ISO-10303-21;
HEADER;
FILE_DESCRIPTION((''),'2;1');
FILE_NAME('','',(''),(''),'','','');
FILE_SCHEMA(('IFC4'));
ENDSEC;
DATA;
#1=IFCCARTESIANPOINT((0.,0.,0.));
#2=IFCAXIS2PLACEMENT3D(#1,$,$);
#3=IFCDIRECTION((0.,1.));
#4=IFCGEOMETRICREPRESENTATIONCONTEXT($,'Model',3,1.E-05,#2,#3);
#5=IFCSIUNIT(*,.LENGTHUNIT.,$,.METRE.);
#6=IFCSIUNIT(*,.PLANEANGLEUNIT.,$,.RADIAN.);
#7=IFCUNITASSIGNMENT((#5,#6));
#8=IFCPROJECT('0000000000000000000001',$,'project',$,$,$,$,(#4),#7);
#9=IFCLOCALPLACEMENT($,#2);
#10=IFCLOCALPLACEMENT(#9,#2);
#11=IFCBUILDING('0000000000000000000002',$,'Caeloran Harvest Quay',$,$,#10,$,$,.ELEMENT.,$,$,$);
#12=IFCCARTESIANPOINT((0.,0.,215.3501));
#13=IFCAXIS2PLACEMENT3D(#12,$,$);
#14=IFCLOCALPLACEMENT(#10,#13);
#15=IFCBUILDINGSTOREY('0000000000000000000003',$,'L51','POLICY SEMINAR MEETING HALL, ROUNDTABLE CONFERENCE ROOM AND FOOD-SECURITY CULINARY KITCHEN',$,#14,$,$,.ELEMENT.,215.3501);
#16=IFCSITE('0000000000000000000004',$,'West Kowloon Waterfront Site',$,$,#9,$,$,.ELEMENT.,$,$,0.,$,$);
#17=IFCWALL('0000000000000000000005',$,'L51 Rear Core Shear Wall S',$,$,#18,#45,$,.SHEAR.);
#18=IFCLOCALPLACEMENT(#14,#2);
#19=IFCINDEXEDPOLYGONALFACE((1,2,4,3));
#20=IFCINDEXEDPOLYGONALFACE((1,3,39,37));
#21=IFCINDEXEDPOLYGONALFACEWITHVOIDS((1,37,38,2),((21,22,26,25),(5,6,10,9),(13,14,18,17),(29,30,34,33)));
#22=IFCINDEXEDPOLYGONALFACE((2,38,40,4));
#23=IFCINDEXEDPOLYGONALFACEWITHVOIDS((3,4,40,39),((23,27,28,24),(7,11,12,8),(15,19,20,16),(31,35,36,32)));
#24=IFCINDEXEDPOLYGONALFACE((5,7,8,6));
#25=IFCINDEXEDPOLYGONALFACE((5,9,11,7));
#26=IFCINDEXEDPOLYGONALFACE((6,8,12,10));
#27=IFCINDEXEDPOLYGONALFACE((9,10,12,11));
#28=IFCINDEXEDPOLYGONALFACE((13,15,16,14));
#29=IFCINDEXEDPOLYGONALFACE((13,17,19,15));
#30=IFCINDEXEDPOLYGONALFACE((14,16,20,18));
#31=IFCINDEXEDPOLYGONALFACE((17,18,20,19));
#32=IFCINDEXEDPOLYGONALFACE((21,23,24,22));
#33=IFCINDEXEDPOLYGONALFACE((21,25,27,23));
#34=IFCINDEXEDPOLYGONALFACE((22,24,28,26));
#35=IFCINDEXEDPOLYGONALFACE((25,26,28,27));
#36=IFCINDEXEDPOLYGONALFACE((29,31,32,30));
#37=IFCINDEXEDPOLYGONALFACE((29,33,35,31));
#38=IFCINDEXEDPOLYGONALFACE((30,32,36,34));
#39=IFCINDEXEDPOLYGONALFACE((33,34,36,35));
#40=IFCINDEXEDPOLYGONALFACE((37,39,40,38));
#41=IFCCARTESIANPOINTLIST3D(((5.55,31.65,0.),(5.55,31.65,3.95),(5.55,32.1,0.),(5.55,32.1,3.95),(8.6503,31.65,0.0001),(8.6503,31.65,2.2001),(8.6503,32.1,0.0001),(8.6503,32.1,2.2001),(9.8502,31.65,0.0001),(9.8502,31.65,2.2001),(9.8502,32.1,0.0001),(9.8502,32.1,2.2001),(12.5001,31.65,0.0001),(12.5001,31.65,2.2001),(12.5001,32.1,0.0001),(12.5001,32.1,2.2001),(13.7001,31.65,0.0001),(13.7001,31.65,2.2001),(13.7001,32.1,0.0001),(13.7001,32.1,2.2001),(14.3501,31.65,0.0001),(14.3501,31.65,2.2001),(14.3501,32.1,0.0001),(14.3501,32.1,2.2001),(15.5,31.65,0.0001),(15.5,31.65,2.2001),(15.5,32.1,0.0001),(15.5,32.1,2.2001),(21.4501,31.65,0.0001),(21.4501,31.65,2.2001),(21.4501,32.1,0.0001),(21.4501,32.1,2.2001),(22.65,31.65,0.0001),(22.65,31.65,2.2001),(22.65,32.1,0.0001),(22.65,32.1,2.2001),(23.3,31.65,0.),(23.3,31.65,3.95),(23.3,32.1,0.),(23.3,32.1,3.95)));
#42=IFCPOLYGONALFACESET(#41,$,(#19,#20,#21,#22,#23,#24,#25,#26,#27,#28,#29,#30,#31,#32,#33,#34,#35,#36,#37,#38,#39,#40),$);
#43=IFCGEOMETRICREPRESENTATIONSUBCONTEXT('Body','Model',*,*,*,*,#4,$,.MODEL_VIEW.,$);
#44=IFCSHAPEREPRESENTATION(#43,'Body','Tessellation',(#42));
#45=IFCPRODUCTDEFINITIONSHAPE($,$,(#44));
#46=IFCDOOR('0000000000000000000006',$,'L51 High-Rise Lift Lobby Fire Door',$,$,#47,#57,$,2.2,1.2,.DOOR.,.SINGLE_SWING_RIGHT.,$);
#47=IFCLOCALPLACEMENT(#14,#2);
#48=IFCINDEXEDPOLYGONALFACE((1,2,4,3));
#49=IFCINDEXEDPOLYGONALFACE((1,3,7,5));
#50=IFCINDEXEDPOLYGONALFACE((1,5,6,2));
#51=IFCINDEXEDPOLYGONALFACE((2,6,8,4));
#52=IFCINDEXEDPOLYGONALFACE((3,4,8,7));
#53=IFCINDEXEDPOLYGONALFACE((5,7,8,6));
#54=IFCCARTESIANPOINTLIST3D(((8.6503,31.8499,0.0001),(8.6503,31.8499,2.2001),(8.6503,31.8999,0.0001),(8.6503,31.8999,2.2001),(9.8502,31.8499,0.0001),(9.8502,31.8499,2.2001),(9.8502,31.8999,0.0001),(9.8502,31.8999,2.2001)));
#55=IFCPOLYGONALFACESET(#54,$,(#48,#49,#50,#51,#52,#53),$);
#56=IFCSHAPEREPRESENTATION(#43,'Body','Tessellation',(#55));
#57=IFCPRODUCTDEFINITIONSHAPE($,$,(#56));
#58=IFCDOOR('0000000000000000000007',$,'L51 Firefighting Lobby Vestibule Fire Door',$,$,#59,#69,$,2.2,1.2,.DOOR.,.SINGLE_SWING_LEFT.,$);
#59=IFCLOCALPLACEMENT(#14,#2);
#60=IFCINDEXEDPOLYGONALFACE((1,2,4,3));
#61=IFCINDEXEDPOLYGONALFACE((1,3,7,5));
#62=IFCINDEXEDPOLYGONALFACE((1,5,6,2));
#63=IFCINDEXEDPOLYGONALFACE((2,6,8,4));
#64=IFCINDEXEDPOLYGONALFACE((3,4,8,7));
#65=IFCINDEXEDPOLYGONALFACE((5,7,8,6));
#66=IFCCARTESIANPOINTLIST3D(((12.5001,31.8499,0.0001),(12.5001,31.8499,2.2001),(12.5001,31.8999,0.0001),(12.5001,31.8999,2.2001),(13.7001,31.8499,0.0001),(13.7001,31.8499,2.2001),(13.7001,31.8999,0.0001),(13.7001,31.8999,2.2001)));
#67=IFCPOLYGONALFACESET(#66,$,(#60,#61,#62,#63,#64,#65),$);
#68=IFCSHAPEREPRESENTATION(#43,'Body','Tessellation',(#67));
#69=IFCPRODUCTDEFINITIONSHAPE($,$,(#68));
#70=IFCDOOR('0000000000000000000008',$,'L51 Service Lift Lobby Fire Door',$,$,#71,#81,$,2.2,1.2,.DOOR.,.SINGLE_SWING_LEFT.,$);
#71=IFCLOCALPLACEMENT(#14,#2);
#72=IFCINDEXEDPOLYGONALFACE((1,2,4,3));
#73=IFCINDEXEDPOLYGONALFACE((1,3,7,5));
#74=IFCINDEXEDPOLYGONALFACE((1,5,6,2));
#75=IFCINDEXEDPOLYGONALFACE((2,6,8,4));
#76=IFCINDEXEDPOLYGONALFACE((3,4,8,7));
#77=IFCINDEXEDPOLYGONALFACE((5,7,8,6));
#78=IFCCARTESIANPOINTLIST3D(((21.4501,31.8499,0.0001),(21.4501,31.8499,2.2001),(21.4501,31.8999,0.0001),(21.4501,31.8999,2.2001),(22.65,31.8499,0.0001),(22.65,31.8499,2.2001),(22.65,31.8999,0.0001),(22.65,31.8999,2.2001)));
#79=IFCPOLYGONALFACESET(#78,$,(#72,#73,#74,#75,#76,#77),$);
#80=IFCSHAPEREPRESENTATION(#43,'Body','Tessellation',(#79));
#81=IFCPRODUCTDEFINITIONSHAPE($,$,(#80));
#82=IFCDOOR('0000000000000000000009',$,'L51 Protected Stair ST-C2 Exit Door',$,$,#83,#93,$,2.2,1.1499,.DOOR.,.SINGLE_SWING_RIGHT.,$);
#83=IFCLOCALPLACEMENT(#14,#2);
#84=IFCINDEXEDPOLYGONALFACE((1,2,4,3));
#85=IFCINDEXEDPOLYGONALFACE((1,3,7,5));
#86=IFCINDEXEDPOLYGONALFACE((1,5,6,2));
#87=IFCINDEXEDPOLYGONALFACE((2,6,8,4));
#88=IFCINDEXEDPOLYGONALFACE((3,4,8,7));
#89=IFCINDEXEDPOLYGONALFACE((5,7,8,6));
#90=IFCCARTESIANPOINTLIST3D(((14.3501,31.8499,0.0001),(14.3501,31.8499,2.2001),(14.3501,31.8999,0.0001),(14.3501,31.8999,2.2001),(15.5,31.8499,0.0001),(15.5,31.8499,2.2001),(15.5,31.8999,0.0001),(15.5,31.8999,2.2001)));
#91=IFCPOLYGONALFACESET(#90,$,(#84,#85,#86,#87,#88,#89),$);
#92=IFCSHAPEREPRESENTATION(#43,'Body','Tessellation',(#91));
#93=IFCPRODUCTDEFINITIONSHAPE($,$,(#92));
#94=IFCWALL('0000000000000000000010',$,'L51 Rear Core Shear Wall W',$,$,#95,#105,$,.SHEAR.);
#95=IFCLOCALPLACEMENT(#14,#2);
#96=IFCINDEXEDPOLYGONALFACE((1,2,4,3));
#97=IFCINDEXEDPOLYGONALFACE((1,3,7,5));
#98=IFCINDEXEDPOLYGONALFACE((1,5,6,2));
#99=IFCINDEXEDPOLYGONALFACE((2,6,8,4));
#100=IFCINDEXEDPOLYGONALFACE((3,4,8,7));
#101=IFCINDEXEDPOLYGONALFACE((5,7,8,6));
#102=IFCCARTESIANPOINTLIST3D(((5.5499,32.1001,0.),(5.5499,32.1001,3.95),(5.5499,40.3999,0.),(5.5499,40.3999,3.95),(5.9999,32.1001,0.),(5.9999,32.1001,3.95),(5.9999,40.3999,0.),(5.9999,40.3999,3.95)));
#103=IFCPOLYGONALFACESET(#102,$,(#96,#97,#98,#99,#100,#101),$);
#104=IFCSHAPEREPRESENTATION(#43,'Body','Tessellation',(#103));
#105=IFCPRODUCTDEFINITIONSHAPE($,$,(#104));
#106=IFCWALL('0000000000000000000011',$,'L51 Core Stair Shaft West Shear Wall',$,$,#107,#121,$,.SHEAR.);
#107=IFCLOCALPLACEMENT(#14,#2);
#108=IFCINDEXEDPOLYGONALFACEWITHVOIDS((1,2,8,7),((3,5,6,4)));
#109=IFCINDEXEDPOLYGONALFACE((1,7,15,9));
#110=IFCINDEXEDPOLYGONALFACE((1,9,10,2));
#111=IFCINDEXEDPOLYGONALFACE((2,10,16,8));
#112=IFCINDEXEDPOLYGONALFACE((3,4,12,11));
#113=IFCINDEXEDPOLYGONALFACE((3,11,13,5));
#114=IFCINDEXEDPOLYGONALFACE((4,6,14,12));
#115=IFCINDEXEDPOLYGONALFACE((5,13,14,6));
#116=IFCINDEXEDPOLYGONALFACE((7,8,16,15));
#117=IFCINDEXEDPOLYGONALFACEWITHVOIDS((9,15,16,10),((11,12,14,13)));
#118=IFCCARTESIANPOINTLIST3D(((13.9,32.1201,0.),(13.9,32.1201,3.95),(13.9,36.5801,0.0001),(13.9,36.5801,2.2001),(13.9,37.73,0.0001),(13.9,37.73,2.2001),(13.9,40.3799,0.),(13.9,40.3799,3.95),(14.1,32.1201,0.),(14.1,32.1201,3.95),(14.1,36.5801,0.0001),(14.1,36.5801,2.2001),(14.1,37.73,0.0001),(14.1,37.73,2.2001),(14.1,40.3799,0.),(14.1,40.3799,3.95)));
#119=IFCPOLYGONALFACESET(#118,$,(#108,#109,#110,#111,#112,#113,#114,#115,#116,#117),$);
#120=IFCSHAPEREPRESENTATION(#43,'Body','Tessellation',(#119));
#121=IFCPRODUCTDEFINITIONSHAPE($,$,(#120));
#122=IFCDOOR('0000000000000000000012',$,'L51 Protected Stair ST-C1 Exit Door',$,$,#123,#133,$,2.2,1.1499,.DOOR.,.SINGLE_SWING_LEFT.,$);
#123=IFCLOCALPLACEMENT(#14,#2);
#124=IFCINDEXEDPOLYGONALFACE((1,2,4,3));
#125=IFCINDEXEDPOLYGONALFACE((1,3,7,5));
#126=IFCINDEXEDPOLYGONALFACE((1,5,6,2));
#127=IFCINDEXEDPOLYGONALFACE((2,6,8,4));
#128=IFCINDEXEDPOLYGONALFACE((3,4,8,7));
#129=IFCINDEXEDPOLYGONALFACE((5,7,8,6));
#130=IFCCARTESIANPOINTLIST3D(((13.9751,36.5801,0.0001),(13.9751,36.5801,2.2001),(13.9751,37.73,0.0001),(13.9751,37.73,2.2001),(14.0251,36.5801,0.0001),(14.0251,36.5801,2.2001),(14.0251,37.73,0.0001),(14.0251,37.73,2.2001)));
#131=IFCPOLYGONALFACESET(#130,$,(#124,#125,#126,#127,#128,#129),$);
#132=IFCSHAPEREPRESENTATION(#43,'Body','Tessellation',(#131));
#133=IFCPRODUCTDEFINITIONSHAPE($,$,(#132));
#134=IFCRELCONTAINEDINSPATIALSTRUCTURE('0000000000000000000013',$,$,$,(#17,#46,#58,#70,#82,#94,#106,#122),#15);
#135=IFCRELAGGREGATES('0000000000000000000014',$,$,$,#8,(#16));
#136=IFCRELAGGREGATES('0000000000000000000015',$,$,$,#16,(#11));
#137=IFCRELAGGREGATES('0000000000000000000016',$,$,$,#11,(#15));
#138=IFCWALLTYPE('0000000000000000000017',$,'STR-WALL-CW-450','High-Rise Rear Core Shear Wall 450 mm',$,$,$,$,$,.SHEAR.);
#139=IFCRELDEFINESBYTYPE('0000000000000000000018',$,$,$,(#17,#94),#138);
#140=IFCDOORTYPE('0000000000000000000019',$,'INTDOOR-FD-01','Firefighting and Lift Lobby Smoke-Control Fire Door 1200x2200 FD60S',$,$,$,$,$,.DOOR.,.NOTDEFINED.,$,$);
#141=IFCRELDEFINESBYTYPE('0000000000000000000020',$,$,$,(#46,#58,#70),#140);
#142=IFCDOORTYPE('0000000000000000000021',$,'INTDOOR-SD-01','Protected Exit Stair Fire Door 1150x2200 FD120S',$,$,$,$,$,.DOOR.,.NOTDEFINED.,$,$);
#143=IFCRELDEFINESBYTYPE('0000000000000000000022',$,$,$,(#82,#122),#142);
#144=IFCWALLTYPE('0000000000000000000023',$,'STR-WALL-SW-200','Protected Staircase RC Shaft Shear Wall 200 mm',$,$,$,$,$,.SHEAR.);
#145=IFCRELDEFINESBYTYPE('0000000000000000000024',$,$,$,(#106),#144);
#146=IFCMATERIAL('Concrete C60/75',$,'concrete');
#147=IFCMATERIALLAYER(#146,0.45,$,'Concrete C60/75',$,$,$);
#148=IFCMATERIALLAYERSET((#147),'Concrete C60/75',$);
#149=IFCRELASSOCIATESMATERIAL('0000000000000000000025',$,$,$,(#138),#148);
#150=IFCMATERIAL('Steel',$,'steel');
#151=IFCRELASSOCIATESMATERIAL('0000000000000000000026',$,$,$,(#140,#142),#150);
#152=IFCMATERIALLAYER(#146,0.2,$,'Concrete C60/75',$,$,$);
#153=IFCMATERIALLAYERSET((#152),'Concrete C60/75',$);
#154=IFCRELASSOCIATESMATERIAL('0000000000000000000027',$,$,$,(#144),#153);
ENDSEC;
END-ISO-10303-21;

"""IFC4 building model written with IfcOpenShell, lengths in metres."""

from ifc_helpers import new_model, si_unit, direction, frame, frame_2d, origin, place, context, subcontext, project, spatial, rectangle, extrude, material, layer, layer_set, type_object, element, fill, save


model = new_model("IFC4")

# Units and contexts
model_context = context("Model", 3, precision=1e-05, world=origin(), true_north=direction((0.0, 1.0)))
body_context = subcontext(model_context, "Body", "Model", "MODEL_VIEW")
ifc_project = project(units=[si_unit("LENGTHUNIT", "METRE"), si_unit("PLANEANGLEUNIT", "RADIAN")], contexts=[model_context])

# Site, building, storey
site_placement = place(None, origin())
site = spatial("IfcSite", under=ifc_project, at=site_placement, Name="West Kowloon Waterfront Site", CompositionType="ELEMENT", RefElevation=0.0)
building_placement = place(site_placement, origin())
building = spatial("IfcBuilding", under=site, at=building_placement, Name="Caeloran Harvest Quay", CompositionType="ELEMENT")
storey_placement = place(building_placement, frame((0.0, 0.0, 215.3501)))
storey = spatial("IfcBuildingStorey", under=building, at=storey_placement, Name="L51", Description="POLICY SEMINAR MEETING HALL, ROUNDTABLE CONFERENCE ROOM AND FOOD-SECURITY CULINARY KITCHEN", CompositionType="ELEMENT", Elevation=215.3501)

# Shared definitions
ifc_material_1 = material(Name="Concrete C60/75", Category="concrete")

# Wall, openings, doors
ifc_layer_1 = layer(ifc_material_1, 0.45, Name="Concrete C60/75")
ifc_layer_set_1 = layer_set([ifc_layer_1], Name="Concrete C60/75")
wall_type_1 = type_object("IfcWallType", Name="STR-WALL-CW-450", Description="High-Rise Rear Core Shear Wall 450 mm", PredefinedType="SHEAR", material=ifc_layer_set_1)
wall_1_placement = place(storey_placement, frame((5.55, 31.875, 0.0), z_axis=(0.0, 0.0, 1.0), x_axis=(1.0, 0.0, 0.0)))
wall_1 = element("IfcWall", 1, at=wall_1_placement, inside=storey, type_object=wall_type_1, Name="L51 Rear Core Shear Wall S", PredefinedType="SHEAR", context=body_context, shape_type="SweptSolid", body=[
    extrude(rectangle(XDim=17.75, YDim=0.45, at=frame_2d((8.875, 0.0))), origin(), (0.0, 0.0, 1.0), 3.95),
])
opening_1_placement = place(wall_1_placement, frame((3.1001, 0.0, 0.0)))
opening_1 = element("IfcOpeningElement", 2, at=opening_1_placement, cuts=wall_1, PredefinedType="OPENING", context=body_context, shape_type="SweptSolid", body=[
    extrude(rectangle(XDim=1.2, YDim=2.2, at=frame_2d((0.6001, 1.1001))), frame((0.0, 0.2349, 0.0), z_axis=(0.0, -1.0, 0.0), x_axis=(1.0, 0.0, 0.0)), (0.0, 0.0, 1.0), 0.47),
])
opening_2_placement = place(wall_1_placement, frame((6.95, 0.0, 0.0)))
opening_2 = element("IfcOpeningElement", 3, at=opening_2_placement, cuts=wall_1, PredefinedType="OPENING", context=body_context, shape_type="SweptSolid", body=[
    extrude(rectangle(XDim=1.2, YDim=2.2, at=frame_2d((0.6001, 1.1001))), frame((0.0, 0.2349, 0.0), z_axis=(0.0, -1.0, 0.0), x_axis=(1.0, 0.0, 0.0)), (0.0, 0.0, 1.0), 0.47),
])
opening_3_placement = place(wall_1_placement, frame((8.8, 0.0, 0.0)))
opening_3 = element("IfcOpeningElement", 4, at=opening_3_placement, cuts=wall_1, PredefinedType="OPENING", context=body_context, shape_type="SweptSolid", body=[
    extrude(rectangle(XDim=1.1499, YDim=2.2, at=frame_2d((0.575, 1.1001))), frame((0.0, 0.2349, 0.0), z_axis=(0.0, -1.0, 0.0), x_axis=(1.0, 0.0, 0.0)), (0.0, 0.0, 1.0), 0.47),
])
opening_4_placement = place(wall_1_placement, frame((15.8999, 0.0, 0.0)))
opening_4 = element("IfcOpeningElement", 5, at=opening_4_placement, cuts=wall_1, PredefinedType="OPENING", context=body_context, shape_type="SweptSolid", body=[
    extrude(rectangle(XDim=1.2, YDim=2.2, at=frame_2d((0.6001, 1.1001))), frame((0.0, 0.2349, 0.0), z_axis=(0.0, -1.0, 0.0), x_axis=(1.0, 0.0, 0.0)), (0.0, 0.0, 1.0), 0.47),
])
ifc_material_2 = material(Name="Steel", Category="steel")
door_type_1 = type_object("IfcDoorType", Name="INTDOOR-FD-01", Description="Firefighting and Lift Lobby Smoke-Control Fire Door 1200x2200 FD60S", OperationType="NOTDEFINED", PredefinedType="DOOR", material=ifc_material_2)
door_1_placement = place(opening_1_placement, origin())
door_1 = element("IfcDoor", 6, at=door_1_placement, inside=storey, type_object=door_type_1, Name="L51 High-Rise Lift Lobby Fire Door", OperationType="SINGLE_SWING_RIGHT", OverallHeight=2.2, OverallWidth=1.2, PredefinedType="DOOR", context=body_context, shape_type="SweptSolid", body=[
    extrude(rectangle(XDim=1.2, YDim=2.2, at=frame_2d((0.6001, 1.1001))), frame((0.0, 0.0249, 0.0), z_axis=(0.0, -1.0, 0.0), x_axis=(1.0, 0.0, 0.0)), (0.0, 0.0, 1.0), 0.05),
])
fill(opening_1, door_1)
door_2_placement = place(opening_2_placement, origin())
door_2 = element("IfcDoor", 7, at=door_2_placement, inside=storey, type_object=door_type_1, Name="L51 Firefighting Lobby Vestibule Fire Door", OperationType="SINGLE_SWING_LEFT", OverallHeight=2.2, OverallWidth=1.2, PredefinedType="DOOR", context=body_context, shape_type="SweptSolid", body=[
    extrude(rectangle(XDim=1.2, YDim=2.2, at=frame_2d((0.6001, 1.1001))), frame((0.0, 0.0249, 0.0), z_axis=(0.0, -1.0, 0.0), x_axis=(1.0, 0.0, 0.0)), (0.0, 0.0, 1.0), 0.05),
])
fill(opening_2, door_2)
door_3_placement = place(opening_4_placement, origin())
door_3 = element("IfcDoor", 8, at=door_3_placement, inside=storey, type_object=door_type_1, Name="L51 Service Lift Lobby Fire Door", OperationType="SINGLE_SWING_LEFT", OverallHeight=2.2, OverallWidth=1.2, PredefinedType="DOOR", context=body_context, shape_type="SweptSolid", body=[
    extrude(rectangle(XDim=1.2, YDim=2.2, at=frame_2d((0.6001, 1.1001))), frame((0.0, 0.0249, 0.0), z_axis=(0.0, -1.0, 0.0), x_axis=(1.0, 0.0, 0.0)), (0.0, 0.0, 1.0), 0.05),
])
fill(opening_4, door_3)
door_type_2 = type_object("IfcDoorType", Name="INTDOOR-SD-01", Description="Protected Exit Stair Fire Door 1150x2200 FD120S", OperationType="NOTDEFINED", PredefinedType="DOOR", material=ifc_material_2)
door_4_placement = place(opening_3_placement, origin())
door_4 = element("IfcDoor", 9, at=door_4_placement, inside=storey, type_object=door_type_2, Name="L51 Protected Stair ST-C2 Exit Door", OperationType="SINGLE_SWING_RIGHT", OverallHeight=2.2, OverallWidth=1.1499, PredefinedType="DOOR", context=body_context, shape_type="SweptSolid", body=[
    extrude(rectangle(XDim=1.1499, YDim=2.2, at=frame_2d((0.575, 1.1001))), frame((0.0, 0.0249, 0.0), z_axis=(0.0, -1.0, 0.0), x_axis=(1.0, 0.0, 0.0)), (0.0, 0.0, 1.0), 0.05),
])
fill(opening_3, door_4)

# Wall
wall_2_placement = place(storey_placement, frame((5.7749, 32.1001, 0.0), z_axis=(0.0, 0.0, 1.0), x_axis=(0.0, 1.0, 0.0)))
element("IfcWall", 10, at=wall_2_placement, inside=storey, type_object=wall_type_1, Name="L51 Rear Core Shear Wall W", PredefinedType="SHEAR", context=body_context, shape_type="SweptSolid", body=[
    extrude(rectangle(XDim=8.2998, YDim=0.45, at=frame_2d((4.1499, 0.0))), origin(), (0.0, 0.0, 1.0), 3.95),
])

# Wall, opening, door
ifc_layer_2 = layer(ifc_material_1, 0.2, Name="Concrete C60/75")
ifc_layer_set_2 = layer_set([ifc_layer_2], Name="Concrete C60/75")
wall_type_2 = type_object("IfcWallType", Name="STR-WALL-SW-200", Description="Protected Staircase RC Shaft Shear Wall 200 mm", PredefinedType="SHEAR", material=ifc_layer_set_2)
wall_3_placement = place(storey_placement, frame((14.0, 32.1201, 0.0), z_axis=(0.0, 0.0, 1.0), x_axis=(0.0, 1.0, 0.0)))
wall_3 = element("IfcWall", 11, at=wall_3_placement, inside=storey, type_object=wall_type_2, Name="L51 Core Stair Shaft West Shear Wall", PredefinedType="SHEAR", context=body_context, shape_type="SweptSolid", body=[
    extrude(rectangle(XDim=8.2598, YDim=0.2, at=frame_2d((4.1299, 0.0))), origin(), (0.0, 0.0, 1.0), 3.95),
])
opening_5_placement = place(wall_3_placement, frame((4.46, 0.0, 0.0)))
opening_5 = element("IfcOpeningElement", 12, at=opening_5_placement, cuts=wall_3, PredefinedType="OPENING", context=body_context, shape_type="SweptSolid", body=[
    extrude(rectangle(XDim=1.1499, YDim=2.2, at=frame_2d((0.575, 1.1001))), frame((0.0, 0.1099, 0.0), z_axis=(0.0, -1.0, 0.0), x_axis=(1.0, 0.0, 0.0)), (0.0, 0.0, 1.0), 0.22),
])
door_5_placement = place(opening_5_placement, origin())
door_5 = element("IfcDoor", 13, at=door_5_placement, inside=storey, type_object=door_type_2, Name="L51 Protected Stair ST-C1 Exit Door", OperationType="SINGLE_SWING_LEFT", OverallHeight=2.2, OverallWidth=1.1499, PredefinedType="DOOR", context=body_context, shape_type="SweptSolid", body=[
    extrude(rectangle(XDim=1.1499, YDim=2.2, at=frame_2d((0.575, 1.1001))), frame((0.0, 0.0249, 0.0), z_axis=(0.0, -1.0, 0.0), x_axis=(1.0, 0.0, 0.0)), (0.0, 0.0, 1.0), 0.05),
])
fill(opening_5, door_5)

save(model, "model.ifc")
